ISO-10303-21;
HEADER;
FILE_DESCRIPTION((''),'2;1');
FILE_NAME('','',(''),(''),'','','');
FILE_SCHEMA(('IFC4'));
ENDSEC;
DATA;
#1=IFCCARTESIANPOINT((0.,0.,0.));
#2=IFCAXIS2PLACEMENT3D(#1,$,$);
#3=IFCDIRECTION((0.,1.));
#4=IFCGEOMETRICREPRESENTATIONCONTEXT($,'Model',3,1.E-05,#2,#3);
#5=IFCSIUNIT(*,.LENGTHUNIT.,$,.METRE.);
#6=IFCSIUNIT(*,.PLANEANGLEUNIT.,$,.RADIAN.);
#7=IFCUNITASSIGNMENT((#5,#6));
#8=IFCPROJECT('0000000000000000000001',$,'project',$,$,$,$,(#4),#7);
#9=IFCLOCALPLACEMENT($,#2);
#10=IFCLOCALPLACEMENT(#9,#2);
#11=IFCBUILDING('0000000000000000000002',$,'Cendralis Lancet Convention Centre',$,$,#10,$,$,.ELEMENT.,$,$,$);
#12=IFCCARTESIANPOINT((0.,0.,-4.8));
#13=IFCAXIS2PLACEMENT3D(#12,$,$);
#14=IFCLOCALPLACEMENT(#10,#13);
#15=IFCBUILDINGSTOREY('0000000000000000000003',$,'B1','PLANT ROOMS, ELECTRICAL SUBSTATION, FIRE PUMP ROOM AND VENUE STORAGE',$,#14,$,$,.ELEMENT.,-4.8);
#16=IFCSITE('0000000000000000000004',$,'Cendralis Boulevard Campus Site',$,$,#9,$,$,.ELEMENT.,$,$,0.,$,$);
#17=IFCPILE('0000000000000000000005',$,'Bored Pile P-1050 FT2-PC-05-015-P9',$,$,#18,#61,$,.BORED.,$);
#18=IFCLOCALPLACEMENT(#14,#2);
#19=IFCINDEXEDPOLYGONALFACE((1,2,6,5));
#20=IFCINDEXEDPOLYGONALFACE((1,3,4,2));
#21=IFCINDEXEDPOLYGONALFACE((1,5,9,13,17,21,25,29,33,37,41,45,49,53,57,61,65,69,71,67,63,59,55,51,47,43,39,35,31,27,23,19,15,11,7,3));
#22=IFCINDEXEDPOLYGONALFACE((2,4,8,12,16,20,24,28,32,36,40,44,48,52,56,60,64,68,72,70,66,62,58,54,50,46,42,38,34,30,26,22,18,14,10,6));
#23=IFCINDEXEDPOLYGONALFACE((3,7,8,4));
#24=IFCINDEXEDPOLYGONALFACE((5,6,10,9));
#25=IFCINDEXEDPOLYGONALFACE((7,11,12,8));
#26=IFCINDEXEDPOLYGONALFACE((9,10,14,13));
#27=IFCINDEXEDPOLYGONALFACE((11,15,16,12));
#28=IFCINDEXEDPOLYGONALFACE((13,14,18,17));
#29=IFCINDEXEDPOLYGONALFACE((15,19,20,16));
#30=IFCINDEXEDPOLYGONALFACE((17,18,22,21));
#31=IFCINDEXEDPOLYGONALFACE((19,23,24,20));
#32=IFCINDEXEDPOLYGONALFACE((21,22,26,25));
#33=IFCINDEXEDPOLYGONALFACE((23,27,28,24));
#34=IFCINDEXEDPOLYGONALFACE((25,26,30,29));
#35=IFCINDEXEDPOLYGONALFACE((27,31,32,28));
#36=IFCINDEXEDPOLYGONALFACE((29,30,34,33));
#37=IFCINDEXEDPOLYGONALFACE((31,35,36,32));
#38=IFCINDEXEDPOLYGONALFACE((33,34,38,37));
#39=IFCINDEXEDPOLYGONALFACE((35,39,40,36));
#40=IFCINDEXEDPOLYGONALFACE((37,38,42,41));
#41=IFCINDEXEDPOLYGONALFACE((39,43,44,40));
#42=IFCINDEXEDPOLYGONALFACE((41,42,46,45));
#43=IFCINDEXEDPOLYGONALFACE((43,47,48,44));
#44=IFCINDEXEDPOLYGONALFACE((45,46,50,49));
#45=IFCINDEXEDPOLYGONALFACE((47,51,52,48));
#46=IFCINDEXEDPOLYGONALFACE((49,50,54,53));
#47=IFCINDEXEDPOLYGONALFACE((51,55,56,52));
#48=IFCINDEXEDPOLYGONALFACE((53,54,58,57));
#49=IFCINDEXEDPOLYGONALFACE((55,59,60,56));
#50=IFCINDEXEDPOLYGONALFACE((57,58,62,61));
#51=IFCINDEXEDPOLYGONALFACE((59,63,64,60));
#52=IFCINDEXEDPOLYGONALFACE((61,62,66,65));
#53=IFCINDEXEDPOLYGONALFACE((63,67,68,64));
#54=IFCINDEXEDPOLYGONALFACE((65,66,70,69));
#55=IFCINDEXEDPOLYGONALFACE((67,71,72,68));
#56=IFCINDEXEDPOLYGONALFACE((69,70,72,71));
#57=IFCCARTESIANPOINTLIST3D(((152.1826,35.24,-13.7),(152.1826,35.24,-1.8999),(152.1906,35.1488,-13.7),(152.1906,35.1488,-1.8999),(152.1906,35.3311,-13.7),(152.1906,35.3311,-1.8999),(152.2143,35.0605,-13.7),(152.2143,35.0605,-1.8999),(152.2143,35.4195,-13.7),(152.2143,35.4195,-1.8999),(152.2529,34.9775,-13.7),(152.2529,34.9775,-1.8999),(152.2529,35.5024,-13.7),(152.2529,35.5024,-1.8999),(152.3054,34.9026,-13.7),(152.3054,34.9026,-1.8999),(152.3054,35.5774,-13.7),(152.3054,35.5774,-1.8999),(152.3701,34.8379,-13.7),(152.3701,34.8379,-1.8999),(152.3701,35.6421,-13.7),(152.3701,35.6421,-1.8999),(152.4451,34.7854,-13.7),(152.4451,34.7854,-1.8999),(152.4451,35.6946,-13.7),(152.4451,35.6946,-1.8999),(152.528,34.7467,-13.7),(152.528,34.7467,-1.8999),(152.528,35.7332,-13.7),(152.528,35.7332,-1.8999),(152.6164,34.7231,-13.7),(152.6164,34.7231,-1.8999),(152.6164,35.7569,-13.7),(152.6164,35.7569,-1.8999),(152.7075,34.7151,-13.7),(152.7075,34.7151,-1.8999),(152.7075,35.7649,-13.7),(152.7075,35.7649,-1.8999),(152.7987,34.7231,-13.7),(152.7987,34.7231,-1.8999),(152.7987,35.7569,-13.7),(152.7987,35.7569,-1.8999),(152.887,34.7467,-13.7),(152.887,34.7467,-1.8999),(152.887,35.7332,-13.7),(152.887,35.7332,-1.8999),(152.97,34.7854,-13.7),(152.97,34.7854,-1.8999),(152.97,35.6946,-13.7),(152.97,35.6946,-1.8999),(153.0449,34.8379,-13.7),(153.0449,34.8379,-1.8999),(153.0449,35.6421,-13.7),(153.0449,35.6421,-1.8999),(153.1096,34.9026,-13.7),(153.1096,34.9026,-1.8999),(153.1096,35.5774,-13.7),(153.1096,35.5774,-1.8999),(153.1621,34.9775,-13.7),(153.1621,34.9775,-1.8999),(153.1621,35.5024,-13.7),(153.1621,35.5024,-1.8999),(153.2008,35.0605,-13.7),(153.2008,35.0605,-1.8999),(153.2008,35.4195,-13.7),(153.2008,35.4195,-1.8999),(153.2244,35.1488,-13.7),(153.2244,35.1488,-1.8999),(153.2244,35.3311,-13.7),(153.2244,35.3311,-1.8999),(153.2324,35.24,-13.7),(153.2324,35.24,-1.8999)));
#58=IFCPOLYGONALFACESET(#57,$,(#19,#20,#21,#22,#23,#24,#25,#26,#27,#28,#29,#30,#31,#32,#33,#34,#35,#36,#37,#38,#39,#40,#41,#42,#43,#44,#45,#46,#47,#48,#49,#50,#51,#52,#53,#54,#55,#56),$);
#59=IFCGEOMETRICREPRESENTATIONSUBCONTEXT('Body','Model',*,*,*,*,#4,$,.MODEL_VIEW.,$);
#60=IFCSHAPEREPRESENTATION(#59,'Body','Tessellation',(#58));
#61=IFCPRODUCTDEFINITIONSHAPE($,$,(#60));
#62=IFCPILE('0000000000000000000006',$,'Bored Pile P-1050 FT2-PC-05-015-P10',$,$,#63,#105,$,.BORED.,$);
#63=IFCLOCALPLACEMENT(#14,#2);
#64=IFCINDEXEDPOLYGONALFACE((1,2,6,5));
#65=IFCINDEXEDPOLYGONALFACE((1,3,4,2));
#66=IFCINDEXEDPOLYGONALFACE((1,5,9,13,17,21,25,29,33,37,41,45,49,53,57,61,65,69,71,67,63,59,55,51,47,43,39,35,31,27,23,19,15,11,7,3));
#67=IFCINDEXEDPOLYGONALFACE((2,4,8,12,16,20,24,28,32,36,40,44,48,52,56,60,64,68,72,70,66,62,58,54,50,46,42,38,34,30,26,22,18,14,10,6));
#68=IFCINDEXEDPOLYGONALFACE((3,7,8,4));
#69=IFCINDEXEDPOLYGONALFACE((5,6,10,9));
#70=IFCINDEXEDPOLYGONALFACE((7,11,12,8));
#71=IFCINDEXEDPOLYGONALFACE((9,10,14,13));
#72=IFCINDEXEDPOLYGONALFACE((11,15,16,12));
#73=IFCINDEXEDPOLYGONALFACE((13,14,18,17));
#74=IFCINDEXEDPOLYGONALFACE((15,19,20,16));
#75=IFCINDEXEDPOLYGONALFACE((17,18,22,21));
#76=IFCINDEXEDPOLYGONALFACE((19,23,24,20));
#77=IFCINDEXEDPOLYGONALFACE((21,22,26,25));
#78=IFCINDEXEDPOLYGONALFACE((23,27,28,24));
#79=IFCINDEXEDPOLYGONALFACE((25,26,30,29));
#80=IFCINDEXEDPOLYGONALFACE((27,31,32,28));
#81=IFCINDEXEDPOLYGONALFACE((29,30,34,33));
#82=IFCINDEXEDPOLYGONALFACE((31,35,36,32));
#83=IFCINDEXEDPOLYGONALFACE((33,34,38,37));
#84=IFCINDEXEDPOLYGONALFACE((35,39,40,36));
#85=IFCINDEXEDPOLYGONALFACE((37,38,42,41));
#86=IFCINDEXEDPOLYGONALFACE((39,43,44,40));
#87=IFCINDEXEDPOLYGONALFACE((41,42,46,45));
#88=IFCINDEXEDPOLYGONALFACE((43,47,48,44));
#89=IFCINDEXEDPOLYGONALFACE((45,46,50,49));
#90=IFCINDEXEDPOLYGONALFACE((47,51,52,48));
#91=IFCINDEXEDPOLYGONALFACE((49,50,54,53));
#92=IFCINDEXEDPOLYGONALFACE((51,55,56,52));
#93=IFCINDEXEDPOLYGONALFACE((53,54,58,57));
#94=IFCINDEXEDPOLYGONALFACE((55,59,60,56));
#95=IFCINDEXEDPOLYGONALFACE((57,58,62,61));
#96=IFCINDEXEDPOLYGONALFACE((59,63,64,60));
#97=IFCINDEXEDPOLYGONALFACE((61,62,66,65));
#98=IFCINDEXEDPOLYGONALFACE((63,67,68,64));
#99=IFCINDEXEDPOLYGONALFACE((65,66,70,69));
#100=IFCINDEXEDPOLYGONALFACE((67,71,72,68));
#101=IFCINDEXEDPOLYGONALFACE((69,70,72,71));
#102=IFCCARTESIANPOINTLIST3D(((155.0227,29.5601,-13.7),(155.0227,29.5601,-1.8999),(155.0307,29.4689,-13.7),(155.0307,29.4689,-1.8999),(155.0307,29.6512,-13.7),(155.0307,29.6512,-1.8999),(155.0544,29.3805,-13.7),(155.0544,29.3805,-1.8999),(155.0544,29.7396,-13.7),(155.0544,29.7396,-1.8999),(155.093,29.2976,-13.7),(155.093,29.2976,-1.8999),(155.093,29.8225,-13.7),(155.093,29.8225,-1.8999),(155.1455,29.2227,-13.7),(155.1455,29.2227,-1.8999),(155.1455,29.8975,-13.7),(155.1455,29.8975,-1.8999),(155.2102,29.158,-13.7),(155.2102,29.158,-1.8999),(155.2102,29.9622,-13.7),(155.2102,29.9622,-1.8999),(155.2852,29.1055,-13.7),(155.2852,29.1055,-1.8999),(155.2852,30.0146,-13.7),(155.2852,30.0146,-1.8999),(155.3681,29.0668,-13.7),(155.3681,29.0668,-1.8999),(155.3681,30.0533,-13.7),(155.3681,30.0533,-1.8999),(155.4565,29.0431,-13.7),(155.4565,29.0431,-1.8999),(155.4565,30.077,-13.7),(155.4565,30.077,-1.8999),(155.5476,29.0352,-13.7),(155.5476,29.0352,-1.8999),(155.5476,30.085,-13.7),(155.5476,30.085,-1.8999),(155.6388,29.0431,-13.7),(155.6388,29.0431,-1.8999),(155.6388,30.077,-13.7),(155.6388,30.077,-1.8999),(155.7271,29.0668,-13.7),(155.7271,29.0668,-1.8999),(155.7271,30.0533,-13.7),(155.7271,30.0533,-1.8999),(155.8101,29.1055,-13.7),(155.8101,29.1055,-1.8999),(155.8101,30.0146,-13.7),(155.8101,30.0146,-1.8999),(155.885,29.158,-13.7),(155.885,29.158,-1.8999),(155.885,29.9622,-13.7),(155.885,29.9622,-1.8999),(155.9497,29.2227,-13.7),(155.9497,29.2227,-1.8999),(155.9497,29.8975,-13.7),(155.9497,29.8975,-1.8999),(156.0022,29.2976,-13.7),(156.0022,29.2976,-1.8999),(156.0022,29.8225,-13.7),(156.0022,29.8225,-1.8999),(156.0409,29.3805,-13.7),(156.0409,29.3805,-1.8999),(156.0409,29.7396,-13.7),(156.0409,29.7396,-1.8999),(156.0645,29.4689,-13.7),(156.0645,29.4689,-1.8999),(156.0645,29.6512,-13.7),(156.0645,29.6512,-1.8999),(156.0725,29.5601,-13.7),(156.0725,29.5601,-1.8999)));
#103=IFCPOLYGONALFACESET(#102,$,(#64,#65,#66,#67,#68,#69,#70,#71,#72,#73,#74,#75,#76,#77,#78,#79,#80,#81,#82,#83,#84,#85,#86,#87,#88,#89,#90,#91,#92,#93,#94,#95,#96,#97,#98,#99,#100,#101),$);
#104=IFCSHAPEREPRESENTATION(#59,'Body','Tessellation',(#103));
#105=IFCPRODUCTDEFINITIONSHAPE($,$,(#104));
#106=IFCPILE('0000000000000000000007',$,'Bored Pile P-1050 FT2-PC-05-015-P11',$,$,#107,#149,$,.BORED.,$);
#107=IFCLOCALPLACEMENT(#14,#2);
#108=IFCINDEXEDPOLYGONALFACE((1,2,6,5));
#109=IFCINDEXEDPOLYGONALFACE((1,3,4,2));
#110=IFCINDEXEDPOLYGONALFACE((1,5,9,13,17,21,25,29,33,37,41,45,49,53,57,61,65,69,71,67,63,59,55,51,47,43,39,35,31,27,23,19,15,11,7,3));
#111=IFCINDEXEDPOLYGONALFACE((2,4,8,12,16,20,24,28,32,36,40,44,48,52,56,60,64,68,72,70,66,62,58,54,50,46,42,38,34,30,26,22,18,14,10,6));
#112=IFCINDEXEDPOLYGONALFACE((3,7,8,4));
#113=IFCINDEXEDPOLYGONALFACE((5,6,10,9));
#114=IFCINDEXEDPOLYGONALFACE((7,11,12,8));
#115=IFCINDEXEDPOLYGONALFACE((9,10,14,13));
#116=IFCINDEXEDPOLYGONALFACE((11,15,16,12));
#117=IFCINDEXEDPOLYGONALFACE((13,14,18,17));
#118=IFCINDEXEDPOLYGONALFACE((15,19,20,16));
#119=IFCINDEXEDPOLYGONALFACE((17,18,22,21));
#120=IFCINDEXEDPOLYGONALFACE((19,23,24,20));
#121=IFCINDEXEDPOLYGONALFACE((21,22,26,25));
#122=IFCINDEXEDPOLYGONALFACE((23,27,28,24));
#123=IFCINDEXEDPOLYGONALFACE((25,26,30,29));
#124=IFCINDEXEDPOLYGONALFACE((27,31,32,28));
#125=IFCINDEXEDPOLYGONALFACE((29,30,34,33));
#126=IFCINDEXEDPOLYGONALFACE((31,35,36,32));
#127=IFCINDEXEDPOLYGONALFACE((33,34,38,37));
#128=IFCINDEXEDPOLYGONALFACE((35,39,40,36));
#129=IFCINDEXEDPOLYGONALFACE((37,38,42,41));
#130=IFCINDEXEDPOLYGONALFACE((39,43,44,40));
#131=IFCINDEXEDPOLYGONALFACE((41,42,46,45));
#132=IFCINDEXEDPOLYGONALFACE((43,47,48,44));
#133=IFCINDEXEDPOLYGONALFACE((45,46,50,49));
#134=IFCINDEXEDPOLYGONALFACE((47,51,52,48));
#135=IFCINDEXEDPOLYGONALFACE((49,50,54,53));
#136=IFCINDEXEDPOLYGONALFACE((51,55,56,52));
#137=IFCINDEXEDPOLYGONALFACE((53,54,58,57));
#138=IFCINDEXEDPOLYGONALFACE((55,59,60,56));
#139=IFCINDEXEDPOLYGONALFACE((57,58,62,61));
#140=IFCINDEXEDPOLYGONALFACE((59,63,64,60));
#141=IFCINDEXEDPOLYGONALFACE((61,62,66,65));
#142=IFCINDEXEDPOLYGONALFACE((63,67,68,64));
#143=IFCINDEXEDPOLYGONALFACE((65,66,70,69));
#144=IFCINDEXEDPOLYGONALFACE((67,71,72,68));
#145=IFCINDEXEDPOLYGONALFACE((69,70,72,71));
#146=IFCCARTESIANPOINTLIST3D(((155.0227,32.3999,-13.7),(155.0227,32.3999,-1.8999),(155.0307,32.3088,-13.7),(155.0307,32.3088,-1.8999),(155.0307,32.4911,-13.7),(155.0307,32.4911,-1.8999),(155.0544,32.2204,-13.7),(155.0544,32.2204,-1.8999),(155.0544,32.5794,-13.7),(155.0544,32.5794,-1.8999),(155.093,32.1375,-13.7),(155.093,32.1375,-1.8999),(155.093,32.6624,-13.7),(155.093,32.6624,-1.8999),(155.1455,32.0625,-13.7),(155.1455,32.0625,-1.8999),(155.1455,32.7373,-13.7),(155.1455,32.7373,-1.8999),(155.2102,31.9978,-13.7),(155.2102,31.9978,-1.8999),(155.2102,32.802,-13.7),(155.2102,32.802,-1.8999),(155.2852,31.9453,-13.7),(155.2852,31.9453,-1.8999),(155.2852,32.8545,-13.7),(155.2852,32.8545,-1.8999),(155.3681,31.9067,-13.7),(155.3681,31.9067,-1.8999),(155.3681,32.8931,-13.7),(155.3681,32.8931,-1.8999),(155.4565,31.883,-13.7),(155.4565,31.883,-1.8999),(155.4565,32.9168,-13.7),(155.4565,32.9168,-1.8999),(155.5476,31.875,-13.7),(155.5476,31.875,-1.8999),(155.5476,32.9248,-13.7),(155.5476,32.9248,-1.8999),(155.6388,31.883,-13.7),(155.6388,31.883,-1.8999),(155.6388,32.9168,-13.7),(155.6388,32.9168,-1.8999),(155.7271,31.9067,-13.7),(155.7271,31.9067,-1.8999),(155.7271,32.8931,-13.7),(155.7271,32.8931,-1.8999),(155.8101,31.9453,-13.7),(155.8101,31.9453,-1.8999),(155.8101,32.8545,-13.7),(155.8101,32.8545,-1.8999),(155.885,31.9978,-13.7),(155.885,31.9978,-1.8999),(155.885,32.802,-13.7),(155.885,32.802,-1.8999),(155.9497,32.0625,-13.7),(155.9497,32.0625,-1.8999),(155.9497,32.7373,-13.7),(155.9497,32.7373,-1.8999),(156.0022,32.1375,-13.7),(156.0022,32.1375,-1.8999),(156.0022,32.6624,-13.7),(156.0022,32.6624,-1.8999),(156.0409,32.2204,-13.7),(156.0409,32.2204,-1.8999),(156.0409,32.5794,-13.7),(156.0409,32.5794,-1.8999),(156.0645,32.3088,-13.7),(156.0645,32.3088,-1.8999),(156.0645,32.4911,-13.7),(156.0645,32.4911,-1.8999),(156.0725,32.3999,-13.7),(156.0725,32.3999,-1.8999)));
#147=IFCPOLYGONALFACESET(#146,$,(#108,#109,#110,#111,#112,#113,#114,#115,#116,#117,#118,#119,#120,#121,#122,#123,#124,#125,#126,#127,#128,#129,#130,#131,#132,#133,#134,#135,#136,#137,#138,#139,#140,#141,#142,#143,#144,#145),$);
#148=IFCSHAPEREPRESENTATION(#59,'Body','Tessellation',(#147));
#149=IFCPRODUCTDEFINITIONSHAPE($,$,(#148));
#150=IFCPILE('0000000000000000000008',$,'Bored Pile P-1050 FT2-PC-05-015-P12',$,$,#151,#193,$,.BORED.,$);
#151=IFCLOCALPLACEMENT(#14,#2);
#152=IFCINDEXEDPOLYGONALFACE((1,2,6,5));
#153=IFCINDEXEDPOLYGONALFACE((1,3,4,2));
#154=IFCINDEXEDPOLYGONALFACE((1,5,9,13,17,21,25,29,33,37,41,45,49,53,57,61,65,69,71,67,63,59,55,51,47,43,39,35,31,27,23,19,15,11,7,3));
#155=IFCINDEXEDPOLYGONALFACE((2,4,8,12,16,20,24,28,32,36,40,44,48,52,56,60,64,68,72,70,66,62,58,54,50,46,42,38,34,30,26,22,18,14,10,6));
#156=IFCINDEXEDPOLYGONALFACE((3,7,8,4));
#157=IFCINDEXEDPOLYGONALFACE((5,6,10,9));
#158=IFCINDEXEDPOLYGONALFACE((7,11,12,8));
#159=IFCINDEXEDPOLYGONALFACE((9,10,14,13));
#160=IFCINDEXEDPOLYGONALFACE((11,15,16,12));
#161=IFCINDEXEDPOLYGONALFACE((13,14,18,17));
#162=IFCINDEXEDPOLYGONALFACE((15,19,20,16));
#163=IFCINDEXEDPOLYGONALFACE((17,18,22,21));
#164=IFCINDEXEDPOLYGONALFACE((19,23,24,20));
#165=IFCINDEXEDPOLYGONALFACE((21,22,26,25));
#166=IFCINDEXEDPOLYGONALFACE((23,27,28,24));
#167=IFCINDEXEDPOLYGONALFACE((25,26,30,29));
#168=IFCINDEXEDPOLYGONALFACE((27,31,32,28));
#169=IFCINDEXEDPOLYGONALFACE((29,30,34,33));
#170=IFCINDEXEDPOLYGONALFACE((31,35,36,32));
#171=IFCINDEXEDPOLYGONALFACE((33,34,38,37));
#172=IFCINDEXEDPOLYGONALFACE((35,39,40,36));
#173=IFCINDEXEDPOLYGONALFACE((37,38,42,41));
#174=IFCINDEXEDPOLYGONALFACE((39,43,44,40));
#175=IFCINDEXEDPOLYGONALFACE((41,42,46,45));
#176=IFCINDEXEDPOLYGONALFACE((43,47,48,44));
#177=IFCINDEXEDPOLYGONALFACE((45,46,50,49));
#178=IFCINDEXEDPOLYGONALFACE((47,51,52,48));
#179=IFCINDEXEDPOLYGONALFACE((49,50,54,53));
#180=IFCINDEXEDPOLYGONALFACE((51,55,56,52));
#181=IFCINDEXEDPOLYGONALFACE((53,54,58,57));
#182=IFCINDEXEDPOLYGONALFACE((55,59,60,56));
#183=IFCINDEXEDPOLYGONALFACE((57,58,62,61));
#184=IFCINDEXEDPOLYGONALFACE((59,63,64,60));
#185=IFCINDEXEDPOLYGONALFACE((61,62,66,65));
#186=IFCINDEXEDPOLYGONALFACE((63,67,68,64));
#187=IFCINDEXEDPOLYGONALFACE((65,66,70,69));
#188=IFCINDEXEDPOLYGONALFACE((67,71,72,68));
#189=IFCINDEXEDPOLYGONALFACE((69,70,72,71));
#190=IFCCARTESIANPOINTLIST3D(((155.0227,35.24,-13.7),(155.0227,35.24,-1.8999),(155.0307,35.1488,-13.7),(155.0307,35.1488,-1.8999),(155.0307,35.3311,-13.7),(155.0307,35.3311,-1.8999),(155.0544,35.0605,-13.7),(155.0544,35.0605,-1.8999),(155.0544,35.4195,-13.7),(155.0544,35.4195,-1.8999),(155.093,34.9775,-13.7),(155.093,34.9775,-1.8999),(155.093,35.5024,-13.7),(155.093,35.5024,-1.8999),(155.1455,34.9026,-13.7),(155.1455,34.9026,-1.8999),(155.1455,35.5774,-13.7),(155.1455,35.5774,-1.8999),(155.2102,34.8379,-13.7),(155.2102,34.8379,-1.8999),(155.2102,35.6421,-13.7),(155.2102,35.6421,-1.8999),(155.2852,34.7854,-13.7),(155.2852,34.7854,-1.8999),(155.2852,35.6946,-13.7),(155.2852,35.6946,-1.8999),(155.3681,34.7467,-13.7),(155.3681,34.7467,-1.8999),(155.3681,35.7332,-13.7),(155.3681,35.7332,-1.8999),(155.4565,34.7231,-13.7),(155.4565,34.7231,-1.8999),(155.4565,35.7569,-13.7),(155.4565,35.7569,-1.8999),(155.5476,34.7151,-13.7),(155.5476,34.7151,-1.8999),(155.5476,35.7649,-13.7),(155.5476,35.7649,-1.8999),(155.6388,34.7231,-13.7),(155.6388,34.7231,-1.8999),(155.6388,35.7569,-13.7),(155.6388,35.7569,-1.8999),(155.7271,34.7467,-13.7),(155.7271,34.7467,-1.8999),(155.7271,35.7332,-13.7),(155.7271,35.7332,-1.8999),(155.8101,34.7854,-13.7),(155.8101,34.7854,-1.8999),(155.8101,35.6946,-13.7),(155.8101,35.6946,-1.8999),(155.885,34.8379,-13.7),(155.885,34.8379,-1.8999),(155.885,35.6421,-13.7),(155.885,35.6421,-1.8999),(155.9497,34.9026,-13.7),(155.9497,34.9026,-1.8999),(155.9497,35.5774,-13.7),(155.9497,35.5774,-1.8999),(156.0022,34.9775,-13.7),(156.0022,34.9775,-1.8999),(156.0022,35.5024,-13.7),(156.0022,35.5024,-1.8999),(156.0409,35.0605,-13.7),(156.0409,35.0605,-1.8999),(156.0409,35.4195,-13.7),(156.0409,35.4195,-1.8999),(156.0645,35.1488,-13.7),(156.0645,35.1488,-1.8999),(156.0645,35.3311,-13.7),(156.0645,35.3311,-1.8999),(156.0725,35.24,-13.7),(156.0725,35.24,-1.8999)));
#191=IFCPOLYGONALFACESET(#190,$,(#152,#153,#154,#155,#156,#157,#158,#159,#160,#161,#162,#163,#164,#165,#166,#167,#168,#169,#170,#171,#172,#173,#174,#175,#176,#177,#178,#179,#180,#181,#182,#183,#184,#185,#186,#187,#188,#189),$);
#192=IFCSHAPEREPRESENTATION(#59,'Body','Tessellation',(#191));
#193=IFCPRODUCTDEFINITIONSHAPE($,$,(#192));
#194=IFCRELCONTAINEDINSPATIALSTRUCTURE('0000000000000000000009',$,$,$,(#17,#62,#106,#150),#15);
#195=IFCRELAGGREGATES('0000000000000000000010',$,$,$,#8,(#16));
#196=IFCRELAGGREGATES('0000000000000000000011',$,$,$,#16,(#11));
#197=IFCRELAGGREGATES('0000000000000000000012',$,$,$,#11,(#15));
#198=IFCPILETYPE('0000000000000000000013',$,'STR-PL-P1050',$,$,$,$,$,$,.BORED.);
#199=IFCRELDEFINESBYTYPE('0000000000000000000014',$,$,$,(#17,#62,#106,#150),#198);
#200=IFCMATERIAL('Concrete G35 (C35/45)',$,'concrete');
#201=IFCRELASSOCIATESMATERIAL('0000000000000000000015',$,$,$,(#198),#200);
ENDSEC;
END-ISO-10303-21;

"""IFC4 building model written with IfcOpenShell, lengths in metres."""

from ifc_helpers import new_model, si_unit, direction, frame, origin, origin_2d, place, context, subcontext, project, spatial, circle, extrude, material, material_profile, profile_set, type_object, element, save


model = new_model("IFC4")

# Units and contexts
model_context = context("Model", 3, precision=1e-05, world=origin(), true_north=direction((0.0, 1.0)))
body_context = subcontext(model_context, "Body", "Model", "MODEL_VIEW")
ifc_project = project(units=[si_unit("LENGTHUNIT", "METRE"), si_unit("PLANEANGLEUNIT", "RADIAN")], contexts=[model_context])

# Site, building, storey
site_placement = place(None, origin())
site = spatial("IfcSite", under=ifc_project, at=site_placement, Name="Cendralis Boulevard Campus Site", CompositionType="ELEMENT", RefElevation=0.0)
building_placement = place(site_placement, origin())
building = spatial("IfcBuilding", under=site, at=building_placement, Name="Cendralis Lancet Convention Centre", CompositionType="ELEMENT")
storey_placement = place(building_placement, frame((0.0, 0.0, -4.8)))
storey = spatial("IfcBuildingStorey", under=building, at=storey_placement, Name="B1", Description="PLANT ROOMS, ELECTRICAL SUBSTATION, FIRE PUMP ROOM AND VENUE STORAGE", CompositionType="ELEMENT", Elevation=-4.8)

# Shared definitions
ifc_material_1 = material(Name="Concrete G35 (C35/45)", Category="concrete")

# Piles
ifc_material_profile_1 = material_profile(ifc_material_1, circle(Radius=0.5249, at=origin_2d()), Name="BORED PILE D1050")
ifc_profile_set_1 = profile_set([ifc_material_profile_1], Name="Concrete G35 (C35/45)")
pile_type = type_object("IfcPileType", Name="STR-PL-P1050", PredefinedType="BORED", material=ifc_profile_set_1)
for number, where, z_axis, x_axis, name in (
    (1, (152.7075, 35.24, -1.8999), (0.0, 0.0, -1.0), (1.0, 0.0, 0.0), "Bored Pile P-1050 FT2-PC-05-015-P9"),
    (2, (155.5476, 29.5601, -1.8999), (0.0, 0.0, -1.0), (1.0, 0.0, 0.0), "Bored Pile P-1050 FT2-PC-05-015-P10"),
    (3, (155.5476, 32.3999, -1.8999), (0.0, 0.0, -1.0), (1.0, 0.0, 0.0), "Bored Pile P-1050 FT2-PC-05-015-P11"),
    (4, (155.5476, 35.24, -1.8999), (0.0, 0.0, -1.0), (1.0, 0.0, 0.0), "Bored Pile P-1050 FT2-PC-05-015-P12"),
):
    element("IfcPile", number, at=place(storey_placement, frame(where, z_axis=z_axis, x_axis=x_axis)), inside=storey, type_object=pile_type, Name=name, PredefinedType="BORED", context=body_context, shape_type="SweptSolid", body=[
        extrude(circle(Radius=0.5249, at=origin_2d()), origin(), (0.0, 0.0, 1.0), 11.8),
    ])

save(model, "model.ifc")
